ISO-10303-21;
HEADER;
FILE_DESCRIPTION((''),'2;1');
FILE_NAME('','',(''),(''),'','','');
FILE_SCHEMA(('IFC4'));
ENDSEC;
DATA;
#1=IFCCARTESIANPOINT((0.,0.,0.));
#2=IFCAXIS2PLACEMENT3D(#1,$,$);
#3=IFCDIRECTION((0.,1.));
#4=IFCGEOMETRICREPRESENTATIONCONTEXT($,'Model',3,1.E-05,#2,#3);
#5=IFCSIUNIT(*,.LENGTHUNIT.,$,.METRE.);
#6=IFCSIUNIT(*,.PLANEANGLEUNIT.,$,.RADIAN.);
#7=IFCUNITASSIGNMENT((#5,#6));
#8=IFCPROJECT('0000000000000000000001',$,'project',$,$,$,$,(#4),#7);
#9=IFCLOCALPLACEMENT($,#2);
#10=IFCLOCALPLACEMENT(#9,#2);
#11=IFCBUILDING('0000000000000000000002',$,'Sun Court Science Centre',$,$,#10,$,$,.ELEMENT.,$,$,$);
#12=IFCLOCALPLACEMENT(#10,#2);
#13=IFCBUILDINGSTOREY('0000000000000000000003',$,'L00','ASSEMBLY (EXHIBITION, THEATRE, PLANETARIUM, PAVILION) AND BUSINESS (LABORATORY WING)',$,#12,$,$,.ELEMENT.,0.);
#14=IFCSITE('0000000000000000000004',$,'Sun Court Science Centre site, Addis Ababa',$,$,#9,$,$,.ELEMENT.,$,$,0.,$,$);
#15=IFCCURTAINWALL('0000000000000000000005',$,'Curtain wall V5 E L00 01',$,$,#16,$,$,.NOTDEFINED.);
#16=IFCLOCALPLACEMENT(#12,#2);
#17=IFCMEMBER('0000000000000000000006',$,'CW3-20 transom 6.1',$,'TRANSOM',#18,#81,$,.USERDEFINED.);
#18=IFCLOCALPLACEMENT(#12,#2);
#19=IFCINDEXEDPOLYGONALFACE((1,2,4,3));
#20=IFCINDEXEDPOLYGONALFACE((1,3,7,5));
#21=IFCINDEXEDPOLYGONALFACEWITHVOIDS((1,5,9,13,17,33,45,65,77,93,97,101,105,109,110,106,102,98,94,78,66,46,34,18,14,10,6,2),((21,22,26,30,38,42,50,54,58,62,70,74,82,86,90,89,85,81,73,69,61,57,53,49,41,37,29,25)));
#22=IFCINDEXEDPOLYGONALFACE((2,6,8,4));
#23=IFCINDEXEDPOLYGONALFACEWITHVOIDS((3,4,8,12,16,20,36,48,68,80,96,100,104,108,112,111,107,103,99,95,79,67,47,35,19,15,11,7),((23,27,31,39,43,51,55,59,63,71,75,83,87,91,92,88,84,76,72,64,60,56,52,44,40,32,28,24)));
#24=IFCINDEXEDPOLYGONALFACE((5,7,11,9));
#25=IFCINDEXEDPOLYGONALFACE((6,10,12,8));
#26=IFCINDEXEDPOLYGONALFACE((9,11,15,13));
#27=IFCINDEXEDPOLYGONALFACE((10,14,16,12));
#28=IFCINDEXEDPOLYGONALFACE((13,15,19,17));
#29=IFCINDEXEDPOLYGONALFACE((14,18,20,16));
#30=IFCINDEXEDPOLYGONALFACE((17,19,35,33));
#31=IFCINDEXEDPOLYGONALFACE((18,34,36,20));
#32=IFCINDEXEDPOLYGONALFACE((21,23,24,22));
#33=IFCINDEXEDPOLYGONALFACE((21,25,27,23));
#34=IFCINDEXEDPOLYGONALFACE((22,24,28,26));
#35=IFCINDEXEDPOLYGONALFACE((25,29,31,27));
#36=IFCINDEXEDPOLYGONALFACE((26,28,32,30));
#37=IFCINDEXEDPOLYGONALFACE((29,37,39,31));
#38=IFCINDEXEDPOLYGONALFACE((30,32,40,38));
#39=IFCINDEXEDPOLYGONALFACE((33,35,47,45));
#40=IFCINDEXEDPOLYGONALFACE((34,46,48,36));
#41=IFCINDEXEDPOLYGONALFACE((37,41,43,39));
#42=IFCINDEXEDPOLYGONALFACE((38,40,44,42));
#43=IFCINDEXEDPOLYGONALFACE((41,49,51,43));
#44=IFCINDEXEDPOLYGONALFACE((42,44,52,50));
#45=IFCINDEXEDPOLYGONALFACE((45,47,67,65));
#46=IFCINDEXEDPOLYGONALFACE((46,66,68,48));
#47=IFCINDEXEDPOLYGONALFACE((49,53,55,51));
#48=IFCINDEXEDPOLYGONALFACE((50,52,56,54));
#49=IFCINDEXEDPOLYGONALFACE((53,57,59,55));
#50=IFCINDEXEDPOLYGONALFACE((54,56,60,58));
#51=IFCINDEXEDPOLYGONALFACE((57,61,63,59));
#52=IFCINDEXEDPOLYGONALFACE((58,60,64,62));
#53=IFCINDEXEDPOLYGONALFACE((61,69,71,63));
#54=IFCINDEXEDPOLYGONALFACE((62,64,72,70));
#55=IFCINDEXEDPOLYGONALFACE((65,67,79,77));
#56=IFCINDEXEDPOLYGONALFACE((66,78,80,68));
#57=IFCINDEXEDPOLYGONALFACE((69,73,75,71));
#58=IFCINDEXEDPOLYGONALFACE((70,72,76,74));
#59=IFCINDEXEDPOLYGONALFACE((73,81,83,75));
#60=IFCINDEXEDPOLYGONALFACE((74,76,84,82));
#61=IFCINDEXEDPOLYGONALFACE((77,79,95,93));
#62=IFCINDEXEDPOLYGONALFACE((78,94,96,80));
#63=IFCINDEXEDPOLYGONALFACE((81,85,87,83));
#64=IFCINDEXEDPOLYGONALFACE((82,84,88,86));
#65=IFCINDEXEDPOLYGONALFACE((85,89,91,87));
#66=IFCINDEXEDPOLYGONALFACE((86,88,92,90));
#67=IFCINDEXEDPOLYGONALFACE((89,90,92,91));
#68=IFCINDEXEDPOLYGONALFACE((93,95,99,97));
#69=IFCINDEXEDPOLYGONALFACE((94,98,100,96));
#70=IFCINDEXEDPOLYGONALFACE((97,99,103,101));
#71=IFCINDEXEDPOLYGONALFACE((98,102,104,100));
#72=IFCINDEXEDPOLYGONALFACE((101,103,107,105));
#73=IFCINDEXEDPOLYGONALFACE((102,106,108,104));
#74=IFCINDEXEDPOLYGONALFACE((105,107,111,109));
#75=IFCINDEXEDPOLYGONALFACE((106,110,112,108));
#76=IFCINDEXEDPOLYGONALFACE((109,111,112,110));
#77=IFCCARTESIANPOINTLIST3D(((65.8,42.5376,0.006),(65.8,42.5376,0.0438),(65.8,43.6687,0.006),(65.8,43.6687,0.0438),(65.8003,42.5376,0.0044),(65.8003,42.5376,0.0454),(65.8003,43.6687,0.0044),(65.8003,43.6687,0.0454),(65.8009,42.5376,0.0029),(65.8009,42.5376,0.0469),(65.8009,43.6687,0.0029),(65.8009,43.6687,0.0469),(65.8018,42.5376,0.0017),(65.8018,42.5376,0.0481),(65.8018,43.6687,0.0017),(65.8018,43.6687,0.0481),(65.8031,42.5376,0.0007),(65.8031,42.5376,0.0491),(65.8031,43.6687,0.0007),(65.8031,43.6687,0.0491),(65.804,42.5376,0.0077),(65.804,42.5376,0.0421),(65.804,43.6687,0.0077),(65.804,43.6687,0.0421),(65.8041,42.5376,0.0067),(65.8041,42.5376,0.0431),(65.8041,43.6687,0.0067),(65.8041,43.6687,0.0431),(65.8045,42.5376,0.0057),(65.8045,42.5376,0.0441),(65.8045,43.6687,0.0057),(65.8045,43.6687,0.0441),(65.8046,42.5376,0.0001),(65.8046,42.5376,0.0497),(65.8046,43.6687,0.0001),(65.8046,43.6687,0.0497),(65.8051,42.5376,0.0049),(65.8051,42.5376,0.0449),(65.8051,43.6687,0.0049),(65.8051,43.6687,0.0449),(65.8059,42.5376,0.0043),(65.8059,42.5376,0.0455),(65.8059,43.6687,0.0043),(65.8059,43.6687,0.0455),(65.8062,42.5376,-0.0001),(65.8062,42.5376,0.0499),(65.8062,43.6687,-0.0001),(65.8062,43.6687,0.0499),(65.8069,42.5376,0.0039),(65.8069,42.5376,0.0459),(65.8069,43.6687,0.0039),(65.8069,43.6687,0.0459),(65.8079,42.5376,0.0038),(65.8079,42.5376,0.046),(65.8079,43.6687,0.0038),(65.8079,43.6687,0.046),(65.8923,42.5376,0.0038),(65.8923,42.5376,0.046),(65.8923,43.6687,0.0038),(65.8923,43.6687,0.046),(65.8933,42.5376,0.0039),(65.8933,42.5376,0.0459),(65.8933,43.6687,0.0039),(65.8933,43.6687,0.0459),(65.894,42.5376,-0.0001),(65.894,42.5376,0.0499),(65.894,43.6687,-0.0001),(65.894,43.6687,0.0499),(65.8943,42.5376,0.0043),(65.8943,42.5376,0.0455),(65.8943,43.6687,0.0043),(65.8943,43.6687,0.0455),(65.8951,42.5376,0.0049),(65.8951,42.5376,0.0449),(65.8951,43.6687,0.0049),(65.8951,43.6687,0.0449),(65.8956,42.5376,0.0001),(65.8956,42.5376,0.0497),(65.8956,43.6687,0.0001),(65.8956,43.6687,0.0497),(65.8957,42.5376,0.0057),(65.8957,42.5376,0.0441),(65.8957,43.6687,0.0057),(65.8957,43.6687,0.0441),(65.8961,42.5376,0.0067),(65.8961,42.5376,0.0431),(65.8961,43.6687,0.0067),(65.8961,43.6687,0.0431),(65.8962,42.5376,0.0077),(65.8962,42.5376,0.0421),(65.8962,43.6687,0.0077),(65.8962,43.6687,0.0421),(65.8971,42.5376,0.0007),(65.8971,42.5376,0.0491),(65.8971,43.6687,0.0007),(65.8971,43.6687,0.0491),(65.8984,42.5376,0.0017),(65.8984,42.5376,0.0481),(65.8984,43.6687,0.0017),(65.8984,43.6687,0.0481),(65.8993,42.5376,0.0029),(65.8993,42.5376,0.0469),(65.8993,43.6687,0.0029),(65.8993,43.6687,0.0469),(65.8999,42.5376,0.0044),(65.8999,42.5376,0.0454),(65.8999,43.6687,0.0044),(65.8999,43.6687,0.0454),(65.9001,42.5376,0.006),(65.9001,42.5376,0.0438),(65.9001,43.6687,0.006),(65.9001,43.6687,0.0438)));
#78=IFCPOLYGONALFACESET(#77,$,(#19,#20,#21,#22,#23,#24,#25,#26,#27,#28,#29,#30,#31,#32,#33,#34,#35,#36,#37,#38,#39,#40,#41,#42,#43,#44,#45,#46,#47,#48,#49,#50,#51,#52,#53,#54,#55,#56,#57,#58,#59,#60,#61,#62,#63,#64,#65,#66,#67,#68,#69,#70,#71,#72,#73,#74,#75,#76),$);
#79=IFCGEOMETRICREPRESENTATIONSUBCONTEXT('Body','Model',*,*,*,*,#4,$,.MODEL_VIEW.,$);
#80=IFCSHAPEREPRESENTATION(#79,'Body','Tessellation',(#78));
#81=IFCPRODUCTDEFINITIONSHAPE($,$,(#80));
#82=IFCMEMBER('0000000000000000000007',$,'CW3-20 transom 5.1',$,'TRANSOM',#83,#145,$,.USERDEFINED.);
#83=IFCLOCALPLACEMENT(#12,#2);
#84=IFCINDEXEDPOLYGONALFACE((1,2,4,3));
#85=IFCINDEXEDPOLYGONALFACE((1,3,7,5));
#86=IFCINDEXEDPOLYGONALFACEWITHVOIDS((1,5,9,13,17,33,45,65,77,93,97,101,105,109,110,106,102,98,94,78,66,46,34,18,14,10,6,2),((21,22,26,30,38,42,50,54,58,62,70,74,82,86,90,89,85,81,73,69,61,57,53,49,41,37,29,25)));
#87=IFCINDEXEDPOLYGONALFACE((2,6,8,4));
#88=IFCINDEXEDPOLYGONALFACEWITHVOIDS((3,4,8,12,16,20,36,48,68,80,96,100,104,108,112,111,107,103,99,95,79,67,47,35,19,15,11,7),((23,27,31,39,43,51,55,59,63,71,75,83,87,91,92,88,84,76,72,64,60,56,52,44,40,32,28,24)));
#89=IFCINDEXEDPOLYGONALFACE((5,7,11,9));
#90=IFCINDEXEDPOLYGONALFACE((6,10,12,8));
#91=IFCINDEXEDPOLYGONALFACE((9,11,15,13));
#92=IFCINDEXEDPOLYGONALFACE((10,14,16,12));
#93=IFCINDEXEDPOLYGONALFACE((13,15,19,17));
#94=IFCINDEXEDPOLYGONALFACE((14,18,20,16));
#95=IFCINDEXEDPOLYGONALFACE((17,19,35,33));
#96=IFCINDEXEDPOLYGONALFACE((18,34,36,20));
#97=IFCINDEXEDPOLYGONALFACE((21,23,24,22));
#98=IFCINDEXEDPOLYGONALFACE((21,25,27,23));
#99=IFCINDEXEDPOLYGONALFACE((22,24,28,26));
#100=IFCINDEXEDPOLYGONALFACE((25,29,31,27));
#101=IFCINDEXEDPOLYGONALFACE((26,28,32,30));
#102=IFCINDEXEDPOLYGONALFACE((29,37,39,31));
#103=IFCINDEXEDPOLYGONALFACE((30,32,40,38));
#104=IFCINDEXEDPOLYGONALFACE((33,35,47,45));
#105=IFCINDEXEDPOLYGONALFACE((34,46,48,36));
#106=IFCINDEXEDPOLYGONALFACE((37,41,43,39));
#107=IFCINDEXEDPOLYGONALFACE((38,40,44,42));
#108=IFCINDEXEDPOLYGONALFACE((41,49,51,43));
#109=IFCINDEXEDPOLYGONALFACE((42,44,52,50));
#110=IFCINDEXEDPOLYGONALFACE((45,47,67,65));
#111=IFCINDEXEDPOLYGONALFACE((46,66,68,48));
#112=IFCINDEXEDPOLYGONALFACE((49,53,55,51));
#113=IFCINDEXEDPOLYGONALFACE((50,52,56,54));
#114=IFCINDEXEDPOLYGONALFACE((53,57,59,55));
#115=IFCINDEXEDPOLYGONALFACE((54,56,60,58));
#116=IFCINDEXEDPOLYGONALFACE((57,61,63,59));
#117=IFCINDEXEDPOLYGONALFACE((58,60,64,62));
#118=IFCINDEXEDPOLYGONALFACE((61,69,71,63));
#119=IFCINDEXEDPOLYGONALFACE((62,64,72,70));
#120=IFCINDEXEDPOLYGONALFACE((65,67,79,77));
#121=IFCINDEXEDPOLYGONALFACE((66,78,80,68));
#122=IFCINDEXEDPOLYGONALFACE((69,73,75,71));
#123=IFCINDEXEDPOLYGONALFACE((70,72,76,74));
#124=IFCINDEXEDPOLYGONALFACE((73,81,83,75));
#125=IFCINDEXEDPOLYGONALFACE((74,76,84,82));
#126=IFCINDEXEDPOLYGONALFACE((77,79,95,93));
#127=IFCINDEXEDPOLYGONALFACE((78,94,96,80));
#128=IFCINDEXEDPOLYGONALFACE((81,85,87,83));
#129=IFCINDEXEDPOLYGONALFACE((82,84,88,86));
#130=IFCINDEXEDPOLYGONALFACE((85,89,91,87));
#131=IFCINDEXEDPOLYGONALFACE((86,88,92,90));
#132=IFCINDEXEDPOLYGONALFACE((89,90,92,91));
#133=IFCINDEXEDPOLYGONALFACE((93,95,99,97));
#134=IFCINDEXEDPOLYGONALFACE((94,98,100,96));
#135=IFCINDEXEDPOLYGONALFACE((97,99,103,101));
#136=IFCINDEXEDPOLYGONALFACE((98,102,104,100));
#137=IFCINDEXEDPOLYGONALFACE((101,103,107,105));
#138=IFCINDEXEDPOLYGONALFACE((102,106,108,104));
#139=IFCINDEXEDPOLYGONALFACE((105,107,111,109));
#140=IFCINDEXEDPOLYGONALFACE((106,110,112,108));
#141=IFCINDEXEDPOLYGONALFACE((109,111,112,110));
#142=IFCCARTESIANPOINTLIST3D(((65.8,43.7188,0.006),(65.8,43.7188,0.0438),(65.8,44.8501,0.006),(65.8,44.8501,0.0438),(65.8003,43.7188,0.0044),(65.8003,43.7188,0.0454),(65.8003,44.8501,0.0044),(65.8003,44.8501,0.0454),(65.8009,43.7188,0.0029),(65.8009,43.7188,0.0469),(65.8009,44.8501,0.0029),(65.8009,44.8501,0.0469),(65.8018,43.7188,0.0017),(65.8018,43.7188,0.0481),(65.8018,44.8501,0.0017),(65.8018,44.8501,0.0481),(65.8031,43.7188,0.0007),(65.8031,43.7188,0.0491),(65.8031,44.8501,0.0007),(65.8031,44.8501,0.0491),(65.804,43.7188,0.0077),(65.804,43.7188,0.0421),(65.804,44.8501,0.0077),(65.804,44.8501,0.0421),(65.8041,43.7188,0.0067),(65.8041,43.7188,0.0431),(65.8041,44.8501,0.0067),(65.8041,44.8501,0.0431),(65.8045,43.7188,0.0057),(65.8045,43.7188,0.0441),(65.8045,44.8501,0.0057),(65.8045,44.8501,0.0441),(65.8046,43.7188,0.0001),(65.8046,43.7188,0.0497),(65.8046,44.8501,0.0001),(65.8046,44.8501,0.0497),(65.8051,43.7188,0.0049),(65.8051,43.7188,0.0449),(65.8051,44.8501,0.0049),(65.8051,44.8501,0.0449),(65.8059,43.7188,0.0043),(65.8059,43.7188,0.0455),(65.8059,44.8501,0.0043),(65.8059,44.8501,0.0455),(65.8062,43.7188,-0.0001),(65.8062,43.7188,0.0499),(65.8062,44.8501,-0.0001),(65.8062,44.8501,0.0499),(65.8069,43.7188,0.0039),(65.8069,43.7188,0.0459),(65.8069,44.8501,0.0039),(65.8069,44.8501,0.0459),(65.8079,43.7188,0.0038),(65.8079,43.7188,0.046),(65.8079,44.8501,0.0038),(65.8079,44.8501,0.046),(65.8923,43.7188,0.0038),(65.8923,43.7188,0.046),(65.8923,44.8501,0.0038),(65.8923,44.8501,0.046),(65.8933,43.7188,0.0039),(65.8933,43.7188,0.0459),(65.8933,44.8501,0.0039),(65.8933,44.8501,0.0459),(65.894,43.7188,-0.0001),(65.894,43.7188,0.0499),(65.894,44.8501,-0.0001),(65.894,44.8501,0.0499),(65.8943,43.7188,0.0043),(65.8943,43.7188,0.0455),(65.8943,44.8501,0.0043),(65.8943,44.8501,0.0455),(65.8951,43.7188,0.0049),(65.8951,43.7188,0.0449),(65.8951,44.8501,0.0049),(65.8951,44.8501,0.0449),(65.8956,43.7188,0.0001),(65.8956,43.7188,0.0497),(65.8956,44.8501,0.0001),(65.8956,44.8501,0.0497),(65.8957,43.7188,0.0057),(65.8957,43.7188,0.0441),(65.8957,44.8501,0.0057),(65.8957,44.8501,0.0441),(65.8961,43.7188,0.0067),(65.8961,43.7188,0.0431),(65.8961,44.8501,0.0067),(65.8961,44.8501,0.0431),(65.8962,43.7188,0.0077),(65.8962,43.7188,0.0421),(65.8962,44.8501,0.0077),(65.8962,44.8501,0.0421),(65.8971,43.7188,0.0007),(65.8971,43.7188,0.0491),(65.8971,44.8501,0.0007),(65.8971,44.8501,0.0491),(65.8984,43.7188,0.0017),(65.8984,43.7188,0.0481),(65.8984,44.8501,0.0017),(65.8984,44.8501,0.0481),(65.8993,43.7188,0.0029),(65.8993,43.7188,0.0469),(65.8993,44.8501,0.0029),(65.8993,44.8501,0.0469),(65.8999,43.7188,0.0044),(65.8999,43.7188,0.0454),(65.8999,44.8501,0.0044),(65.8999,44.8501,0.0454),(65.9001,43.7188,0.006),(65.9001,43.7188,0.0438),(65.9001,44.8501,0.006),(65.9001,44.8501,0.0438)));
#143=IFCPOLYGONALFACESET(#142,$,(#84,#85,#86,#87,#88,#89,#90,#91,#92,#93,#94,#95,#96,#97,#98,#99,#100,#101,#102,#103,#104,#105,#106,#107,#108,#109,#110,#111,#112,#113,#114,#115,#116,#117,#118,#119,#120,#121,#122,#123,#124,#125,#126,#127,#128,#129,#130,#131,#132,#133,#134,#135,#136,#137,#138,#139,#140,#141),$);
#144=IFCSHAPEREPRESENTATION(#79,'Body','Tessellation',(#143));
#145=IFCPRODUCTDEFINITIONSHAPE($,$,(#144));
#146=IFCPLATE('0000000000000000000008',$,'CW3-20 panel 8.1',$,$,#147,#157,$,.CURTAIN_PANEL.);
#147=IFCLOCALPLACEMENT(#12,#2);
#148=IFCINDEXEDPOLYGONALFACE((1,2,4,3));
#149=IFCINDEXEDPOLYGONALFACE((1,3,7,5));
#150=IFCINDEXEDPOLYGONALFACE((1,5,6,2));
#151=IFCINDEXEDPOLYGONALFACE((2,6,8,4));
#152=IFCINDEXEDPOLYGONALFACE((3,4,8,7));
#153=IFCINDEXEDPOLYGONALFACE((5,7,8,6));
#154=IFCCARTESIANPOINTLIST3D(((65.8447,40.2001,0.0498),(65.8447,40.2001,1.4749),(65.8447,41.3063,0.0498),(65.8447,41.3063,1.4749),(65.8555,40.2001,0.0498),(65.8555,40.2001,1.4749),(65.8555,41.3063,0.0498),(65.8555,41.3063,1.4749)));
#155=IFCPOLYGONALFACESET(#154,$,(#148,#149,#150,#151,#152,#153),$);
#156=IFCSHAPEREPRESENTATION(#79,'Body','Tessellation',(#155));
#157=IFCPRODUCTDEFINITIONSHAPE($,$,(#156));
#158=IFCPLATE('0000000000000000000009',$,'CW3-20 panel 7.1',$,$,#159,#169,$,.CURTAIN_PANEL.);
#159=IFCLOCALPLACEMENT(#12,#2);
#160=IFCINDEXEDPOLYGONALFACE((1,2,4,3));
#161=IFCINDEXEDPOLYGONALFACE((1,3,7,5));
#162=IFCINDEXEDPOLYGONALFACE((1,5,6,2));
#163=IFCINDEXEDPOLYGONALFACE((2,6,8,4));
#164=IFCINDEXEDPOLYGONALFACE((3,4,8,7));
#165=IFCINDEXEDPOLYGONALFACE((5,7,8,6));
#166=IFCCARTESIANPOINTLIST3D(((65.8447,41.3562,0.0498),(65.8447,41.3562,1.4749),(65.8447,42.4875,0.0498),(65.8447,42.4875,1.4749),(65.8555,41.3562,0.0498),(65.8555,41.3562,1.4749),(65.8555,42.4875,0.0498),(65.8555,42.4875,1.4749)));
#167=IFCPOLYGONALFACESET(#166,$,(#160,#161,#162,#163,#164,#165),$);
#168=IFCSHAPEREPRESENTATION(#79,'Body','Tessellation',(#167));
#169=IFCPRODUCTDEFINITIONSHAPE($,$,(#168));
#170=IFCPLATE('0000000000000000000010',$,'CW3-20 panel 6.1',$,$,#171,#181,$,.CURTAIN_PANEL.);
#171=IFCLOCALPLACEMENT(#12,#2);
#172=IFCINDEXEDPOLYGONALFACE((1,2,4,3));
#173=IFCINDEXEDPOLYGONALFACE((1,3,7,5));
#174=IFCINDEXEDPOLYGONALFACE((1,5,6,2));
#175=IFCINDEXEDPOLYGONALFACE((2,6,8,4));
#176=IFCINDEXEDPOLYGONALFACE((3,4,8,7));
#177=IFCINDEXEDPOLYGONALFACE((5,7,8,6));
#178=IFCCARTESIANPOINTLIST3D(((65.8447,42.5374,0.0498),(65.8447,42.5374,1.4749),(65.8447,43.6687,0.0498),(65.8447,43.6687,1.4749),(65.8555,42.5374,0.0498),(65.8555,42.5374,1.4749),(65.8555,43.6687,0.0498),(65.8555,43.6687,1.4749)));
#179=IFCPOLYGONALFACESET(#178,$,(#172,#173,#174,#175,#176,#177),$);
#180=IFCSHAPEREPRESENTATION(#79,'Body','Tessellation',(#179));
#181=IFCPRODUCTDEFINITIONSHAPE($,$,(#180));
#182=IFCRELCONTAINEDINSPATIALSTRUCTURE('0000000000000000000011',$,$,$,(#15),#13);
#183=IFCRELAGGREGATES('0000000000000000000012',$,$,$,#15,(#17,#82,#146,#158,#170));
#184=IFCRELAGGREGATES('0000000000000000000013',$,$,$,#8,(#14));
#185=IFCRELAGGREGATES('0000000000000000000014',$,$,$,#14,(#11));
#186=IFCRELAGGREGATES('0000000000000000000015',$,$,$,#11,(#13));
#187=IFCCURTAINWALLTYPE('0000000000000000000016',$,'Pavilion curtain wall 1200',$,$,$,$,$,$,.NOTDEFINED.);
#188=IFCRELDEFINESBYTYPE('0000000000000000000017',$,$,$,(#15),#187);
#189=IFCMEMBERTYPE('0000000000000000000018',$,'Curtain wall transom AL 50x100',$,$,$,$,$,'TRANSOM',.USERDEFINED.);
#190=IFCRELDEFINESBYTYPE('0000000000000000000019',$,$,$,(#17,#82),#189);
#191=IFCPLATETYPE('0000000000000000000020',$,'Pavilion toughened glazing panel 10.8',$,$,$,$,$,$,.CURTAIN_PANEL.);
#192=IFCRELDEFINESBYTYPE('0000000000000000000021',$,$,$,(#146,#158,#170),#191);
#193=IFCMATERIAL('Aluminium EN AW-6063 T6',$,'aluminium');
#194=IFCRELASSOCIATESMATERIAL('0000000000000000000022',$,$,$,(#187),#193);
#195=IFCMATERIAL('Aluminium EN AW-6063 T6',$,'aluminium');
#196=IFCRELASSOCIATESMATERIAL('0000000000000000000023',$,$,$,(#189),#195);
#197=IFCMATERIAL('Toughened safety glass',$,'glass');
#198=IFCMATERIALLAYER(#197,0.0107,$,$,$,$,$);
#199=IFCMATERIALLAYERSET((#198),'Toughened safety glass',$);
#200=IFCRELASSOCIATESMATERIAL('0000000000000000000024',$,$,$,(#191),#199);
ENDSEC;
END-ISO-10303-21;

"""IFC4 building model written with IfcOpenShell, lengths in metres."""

from ifc_helpers import new_model, si_unit, direction, frame, origin, origin_2d, place, context, subcontext, project, spatial, rectangle, hollow_rectangle, extrude, material, layer, layer_set, material_profile, profile_set, type_object, element, aggregate, save


model = new_model("IFC4")

# Units and contexts
model_context = context("Model", 3, precision=1e-05, world=origin(), true_north=direction((0.0, 1.0)))
body_context = subcontext(model_context, "Body", "Model", "MODEL_VIEW")
ifc_project = project(units=[si_unit("LENGTHUNIT", "METRE"), si_unit("PLANEANGLEUNIT", "RADIAN")], contexts=[model_context])

# Site, building, storey
site_placement = place(None, origin())
site = spatial("IfcSite", under=ifc_project, at=site_placement, Name="Sun Court Science Centre site, Addis Ababa", CompositionType="ELEMENT", RefElevation=0.0)
building_placement = place(site_placement, origin())
building = spatial("IfcBuilding", under=site, at=building_placement, Name="Sun Court Science Centre", CompositionType="ELEMENT")
storey_placement = place(building_placement, origin())
storey = spatial("IfcBuildingStorey", under=building, at=storey_placement, Name="L00", Description="ASSEMBLY (EXHIBITION, THEATRE, PLANETARIUM, PAVILION) AND BUSINESS (LABORATORY WING)", CompositionType="ELEMENT", Elevation=0.0)

# Curtain wall, members, plates
ifc_material_1 = material(Name="Aluminium EN AW-6063 T6", Category="aluminium")
curtain_wall_type = type_object("IfcCurtainWallType", Name="Pavilion curtain wall 1200", PredefinedType="NOTDEFINED", material=ifc_material_1)
curtain_wall_placement = place(storey_placement, origin())
curtain_wall = element("IfcCurtainWall", 1, at=curtain_wall_placement, inside=storey, type_object=curtain_wall_type, Name="Curtain wall V5 E L00 01", PredefinedType="NOTDEFINED")
ifc_material_2 = material(Name="Aluminium EN AW-6063 T6", Category="aluminium")
ifc_material_profile_1 = material_profile(ifc_material_2, hollow_rectangle(XDim=0.05, YDim=0.1001, WallThickness=0.0039, InnerFilletRadius=0.0039, OuterFilletRadius=0.0061, at=origin_2d()), Name="AL 50x100x4")
ifc_profile_set_1 = profile_set([ifc_material_profile_1], Name="Aluminium EN AW-6063 T6")
member_type_1 = type_object("IfcMemberType", Name="Curtain wall transom AL 50x100", ElementType="TRANSOM", PredefinedType="USERDEFINED", material=ifc_profile_set_1)
member_1_placement = place(storey_placement, frame((65.8501, 43.6687, 0.0249), z_axis=(0.0, -1.0, 0.0), x_axis=(0.0, 0.0, 1.0)))
member_1 = element("IfcMember", 2, at=member_1_placement, type_object=member_type_1, Name="CW3-20 transom 6.1", ObjectType="TRANSOM", PredefinedType="USERDEFINED", context=body_context, shape_type="SweptSolid", body=[
    extrude(hollow_rectangle(XDim=0.05, YDim=0.1001, WallThickness=0.0039, InnerFilletRadius=0.0039, OuterFilletRadius=0.0061, at=origin_2d()), origin(), (0.0, 0.0, 1.0), 1.1311),
])
member_2_placement = place(storey_placement, frame((65.8501, 44.8501, 0.0249), z_axis=(0.0, -1.0, 0.0), x_axis=(0.0, 0.0, 1.0)))
member_2 = element("IfcMember", 3, at=member_2_placement, type_object=member_type_1, Name="CW3-20 transom 5.1", ObjectType="TRANSOM", PredefinedType="USERDEFINED", context=body_context, shape_type="SweptSolid", body=[
    extrude(hollow_rectangle(XDim=0.05, YDim=0.1001, WallThickness=0.0039, InnerFilletRadius=0.0039, OuterFilletRadius=0.0061, at=origin_2d()), origin(), (0.0, 0.0, 1.0), 1.1313),
])
ifc_material_3 = material(Name="Toughened safety glass", Category="glass")
ifc_layer_1 = layer(ifc_material_3, 0.0107)
ifc_layer_set_1 = layer_set([ifc_layer_1], Name="Toughened safety glass")
plate_type = type_object("IfcPlateType", Name="Pavilion toughened glazing panel 10.8", PredefinedType="CURTAIN_PANEL", material=ifc_layer_set_1)
plate_1_placement = place(storey_placement, frame((65.8501, 40.7532, 0.0498), z_axis=(0.0, 0.0, 1.0), x_axis=(0.0, -1.0, 0.0)))
plate_1 = element("IfcPlate", 4, at=plate_1_placement, type_object=plate_type, Name="CW3-20 panel 8.1", PredefinedType="CURTAIN_PANEL", context=body_context, shape_type="SweptSolid", body=[
    extrude(rectangle(XDim=1.1062, YDim=0.0107, at=origin_2d()), origin(), (0.0, 0.0, 1.0), 1.425),
])
plate_2_placement = place(storey_placement, frame((65.8501, 41.9219, 0.0498), z_axis=(0.0, 0.0, 1.0), x_axis=(0.0, -1.0, 0.0)))
plate_2 = element("IfcPlate", 5, at=plate_2_placement, type_object=plate_type, Name="CW3-20 panel 7.1", PredefinedType="CURTAIN_PANEL", context=body_context, shape_type="SweptSolid", body=[
    extrude(rectangle(XDim=1.1313, YDim=0.0107, at=origin_2d()), origin(), (0.0, 0.0, 1.0), 1.425),
])
plate_3_placement = place(storey_placement, frame((65.8501, 43.103, 0.0498), z_axis=(0.0, 0.0, 1.0), x_axis=(0.0, -1.0, 0.0)))
plate_3 = element("IfcPlate", 6, at=plate_3_placement, type_object=plate_type, Name="CW3-20 panel 6.1", PredefinedType="CURTAIN_PANEL", context=body_context, shape_type="SweptSolid", body=[
    extrude(rectangle(XDim=1.1313, YDim=0.0107, at=origin_2d()), origin(), (0.0, 0.0, 1.0), 1.425),
])
aggregate(curtain_wall, [member_1, member_2, plate_1, plate_2, plate_3])

save(model, "model.ifc")
